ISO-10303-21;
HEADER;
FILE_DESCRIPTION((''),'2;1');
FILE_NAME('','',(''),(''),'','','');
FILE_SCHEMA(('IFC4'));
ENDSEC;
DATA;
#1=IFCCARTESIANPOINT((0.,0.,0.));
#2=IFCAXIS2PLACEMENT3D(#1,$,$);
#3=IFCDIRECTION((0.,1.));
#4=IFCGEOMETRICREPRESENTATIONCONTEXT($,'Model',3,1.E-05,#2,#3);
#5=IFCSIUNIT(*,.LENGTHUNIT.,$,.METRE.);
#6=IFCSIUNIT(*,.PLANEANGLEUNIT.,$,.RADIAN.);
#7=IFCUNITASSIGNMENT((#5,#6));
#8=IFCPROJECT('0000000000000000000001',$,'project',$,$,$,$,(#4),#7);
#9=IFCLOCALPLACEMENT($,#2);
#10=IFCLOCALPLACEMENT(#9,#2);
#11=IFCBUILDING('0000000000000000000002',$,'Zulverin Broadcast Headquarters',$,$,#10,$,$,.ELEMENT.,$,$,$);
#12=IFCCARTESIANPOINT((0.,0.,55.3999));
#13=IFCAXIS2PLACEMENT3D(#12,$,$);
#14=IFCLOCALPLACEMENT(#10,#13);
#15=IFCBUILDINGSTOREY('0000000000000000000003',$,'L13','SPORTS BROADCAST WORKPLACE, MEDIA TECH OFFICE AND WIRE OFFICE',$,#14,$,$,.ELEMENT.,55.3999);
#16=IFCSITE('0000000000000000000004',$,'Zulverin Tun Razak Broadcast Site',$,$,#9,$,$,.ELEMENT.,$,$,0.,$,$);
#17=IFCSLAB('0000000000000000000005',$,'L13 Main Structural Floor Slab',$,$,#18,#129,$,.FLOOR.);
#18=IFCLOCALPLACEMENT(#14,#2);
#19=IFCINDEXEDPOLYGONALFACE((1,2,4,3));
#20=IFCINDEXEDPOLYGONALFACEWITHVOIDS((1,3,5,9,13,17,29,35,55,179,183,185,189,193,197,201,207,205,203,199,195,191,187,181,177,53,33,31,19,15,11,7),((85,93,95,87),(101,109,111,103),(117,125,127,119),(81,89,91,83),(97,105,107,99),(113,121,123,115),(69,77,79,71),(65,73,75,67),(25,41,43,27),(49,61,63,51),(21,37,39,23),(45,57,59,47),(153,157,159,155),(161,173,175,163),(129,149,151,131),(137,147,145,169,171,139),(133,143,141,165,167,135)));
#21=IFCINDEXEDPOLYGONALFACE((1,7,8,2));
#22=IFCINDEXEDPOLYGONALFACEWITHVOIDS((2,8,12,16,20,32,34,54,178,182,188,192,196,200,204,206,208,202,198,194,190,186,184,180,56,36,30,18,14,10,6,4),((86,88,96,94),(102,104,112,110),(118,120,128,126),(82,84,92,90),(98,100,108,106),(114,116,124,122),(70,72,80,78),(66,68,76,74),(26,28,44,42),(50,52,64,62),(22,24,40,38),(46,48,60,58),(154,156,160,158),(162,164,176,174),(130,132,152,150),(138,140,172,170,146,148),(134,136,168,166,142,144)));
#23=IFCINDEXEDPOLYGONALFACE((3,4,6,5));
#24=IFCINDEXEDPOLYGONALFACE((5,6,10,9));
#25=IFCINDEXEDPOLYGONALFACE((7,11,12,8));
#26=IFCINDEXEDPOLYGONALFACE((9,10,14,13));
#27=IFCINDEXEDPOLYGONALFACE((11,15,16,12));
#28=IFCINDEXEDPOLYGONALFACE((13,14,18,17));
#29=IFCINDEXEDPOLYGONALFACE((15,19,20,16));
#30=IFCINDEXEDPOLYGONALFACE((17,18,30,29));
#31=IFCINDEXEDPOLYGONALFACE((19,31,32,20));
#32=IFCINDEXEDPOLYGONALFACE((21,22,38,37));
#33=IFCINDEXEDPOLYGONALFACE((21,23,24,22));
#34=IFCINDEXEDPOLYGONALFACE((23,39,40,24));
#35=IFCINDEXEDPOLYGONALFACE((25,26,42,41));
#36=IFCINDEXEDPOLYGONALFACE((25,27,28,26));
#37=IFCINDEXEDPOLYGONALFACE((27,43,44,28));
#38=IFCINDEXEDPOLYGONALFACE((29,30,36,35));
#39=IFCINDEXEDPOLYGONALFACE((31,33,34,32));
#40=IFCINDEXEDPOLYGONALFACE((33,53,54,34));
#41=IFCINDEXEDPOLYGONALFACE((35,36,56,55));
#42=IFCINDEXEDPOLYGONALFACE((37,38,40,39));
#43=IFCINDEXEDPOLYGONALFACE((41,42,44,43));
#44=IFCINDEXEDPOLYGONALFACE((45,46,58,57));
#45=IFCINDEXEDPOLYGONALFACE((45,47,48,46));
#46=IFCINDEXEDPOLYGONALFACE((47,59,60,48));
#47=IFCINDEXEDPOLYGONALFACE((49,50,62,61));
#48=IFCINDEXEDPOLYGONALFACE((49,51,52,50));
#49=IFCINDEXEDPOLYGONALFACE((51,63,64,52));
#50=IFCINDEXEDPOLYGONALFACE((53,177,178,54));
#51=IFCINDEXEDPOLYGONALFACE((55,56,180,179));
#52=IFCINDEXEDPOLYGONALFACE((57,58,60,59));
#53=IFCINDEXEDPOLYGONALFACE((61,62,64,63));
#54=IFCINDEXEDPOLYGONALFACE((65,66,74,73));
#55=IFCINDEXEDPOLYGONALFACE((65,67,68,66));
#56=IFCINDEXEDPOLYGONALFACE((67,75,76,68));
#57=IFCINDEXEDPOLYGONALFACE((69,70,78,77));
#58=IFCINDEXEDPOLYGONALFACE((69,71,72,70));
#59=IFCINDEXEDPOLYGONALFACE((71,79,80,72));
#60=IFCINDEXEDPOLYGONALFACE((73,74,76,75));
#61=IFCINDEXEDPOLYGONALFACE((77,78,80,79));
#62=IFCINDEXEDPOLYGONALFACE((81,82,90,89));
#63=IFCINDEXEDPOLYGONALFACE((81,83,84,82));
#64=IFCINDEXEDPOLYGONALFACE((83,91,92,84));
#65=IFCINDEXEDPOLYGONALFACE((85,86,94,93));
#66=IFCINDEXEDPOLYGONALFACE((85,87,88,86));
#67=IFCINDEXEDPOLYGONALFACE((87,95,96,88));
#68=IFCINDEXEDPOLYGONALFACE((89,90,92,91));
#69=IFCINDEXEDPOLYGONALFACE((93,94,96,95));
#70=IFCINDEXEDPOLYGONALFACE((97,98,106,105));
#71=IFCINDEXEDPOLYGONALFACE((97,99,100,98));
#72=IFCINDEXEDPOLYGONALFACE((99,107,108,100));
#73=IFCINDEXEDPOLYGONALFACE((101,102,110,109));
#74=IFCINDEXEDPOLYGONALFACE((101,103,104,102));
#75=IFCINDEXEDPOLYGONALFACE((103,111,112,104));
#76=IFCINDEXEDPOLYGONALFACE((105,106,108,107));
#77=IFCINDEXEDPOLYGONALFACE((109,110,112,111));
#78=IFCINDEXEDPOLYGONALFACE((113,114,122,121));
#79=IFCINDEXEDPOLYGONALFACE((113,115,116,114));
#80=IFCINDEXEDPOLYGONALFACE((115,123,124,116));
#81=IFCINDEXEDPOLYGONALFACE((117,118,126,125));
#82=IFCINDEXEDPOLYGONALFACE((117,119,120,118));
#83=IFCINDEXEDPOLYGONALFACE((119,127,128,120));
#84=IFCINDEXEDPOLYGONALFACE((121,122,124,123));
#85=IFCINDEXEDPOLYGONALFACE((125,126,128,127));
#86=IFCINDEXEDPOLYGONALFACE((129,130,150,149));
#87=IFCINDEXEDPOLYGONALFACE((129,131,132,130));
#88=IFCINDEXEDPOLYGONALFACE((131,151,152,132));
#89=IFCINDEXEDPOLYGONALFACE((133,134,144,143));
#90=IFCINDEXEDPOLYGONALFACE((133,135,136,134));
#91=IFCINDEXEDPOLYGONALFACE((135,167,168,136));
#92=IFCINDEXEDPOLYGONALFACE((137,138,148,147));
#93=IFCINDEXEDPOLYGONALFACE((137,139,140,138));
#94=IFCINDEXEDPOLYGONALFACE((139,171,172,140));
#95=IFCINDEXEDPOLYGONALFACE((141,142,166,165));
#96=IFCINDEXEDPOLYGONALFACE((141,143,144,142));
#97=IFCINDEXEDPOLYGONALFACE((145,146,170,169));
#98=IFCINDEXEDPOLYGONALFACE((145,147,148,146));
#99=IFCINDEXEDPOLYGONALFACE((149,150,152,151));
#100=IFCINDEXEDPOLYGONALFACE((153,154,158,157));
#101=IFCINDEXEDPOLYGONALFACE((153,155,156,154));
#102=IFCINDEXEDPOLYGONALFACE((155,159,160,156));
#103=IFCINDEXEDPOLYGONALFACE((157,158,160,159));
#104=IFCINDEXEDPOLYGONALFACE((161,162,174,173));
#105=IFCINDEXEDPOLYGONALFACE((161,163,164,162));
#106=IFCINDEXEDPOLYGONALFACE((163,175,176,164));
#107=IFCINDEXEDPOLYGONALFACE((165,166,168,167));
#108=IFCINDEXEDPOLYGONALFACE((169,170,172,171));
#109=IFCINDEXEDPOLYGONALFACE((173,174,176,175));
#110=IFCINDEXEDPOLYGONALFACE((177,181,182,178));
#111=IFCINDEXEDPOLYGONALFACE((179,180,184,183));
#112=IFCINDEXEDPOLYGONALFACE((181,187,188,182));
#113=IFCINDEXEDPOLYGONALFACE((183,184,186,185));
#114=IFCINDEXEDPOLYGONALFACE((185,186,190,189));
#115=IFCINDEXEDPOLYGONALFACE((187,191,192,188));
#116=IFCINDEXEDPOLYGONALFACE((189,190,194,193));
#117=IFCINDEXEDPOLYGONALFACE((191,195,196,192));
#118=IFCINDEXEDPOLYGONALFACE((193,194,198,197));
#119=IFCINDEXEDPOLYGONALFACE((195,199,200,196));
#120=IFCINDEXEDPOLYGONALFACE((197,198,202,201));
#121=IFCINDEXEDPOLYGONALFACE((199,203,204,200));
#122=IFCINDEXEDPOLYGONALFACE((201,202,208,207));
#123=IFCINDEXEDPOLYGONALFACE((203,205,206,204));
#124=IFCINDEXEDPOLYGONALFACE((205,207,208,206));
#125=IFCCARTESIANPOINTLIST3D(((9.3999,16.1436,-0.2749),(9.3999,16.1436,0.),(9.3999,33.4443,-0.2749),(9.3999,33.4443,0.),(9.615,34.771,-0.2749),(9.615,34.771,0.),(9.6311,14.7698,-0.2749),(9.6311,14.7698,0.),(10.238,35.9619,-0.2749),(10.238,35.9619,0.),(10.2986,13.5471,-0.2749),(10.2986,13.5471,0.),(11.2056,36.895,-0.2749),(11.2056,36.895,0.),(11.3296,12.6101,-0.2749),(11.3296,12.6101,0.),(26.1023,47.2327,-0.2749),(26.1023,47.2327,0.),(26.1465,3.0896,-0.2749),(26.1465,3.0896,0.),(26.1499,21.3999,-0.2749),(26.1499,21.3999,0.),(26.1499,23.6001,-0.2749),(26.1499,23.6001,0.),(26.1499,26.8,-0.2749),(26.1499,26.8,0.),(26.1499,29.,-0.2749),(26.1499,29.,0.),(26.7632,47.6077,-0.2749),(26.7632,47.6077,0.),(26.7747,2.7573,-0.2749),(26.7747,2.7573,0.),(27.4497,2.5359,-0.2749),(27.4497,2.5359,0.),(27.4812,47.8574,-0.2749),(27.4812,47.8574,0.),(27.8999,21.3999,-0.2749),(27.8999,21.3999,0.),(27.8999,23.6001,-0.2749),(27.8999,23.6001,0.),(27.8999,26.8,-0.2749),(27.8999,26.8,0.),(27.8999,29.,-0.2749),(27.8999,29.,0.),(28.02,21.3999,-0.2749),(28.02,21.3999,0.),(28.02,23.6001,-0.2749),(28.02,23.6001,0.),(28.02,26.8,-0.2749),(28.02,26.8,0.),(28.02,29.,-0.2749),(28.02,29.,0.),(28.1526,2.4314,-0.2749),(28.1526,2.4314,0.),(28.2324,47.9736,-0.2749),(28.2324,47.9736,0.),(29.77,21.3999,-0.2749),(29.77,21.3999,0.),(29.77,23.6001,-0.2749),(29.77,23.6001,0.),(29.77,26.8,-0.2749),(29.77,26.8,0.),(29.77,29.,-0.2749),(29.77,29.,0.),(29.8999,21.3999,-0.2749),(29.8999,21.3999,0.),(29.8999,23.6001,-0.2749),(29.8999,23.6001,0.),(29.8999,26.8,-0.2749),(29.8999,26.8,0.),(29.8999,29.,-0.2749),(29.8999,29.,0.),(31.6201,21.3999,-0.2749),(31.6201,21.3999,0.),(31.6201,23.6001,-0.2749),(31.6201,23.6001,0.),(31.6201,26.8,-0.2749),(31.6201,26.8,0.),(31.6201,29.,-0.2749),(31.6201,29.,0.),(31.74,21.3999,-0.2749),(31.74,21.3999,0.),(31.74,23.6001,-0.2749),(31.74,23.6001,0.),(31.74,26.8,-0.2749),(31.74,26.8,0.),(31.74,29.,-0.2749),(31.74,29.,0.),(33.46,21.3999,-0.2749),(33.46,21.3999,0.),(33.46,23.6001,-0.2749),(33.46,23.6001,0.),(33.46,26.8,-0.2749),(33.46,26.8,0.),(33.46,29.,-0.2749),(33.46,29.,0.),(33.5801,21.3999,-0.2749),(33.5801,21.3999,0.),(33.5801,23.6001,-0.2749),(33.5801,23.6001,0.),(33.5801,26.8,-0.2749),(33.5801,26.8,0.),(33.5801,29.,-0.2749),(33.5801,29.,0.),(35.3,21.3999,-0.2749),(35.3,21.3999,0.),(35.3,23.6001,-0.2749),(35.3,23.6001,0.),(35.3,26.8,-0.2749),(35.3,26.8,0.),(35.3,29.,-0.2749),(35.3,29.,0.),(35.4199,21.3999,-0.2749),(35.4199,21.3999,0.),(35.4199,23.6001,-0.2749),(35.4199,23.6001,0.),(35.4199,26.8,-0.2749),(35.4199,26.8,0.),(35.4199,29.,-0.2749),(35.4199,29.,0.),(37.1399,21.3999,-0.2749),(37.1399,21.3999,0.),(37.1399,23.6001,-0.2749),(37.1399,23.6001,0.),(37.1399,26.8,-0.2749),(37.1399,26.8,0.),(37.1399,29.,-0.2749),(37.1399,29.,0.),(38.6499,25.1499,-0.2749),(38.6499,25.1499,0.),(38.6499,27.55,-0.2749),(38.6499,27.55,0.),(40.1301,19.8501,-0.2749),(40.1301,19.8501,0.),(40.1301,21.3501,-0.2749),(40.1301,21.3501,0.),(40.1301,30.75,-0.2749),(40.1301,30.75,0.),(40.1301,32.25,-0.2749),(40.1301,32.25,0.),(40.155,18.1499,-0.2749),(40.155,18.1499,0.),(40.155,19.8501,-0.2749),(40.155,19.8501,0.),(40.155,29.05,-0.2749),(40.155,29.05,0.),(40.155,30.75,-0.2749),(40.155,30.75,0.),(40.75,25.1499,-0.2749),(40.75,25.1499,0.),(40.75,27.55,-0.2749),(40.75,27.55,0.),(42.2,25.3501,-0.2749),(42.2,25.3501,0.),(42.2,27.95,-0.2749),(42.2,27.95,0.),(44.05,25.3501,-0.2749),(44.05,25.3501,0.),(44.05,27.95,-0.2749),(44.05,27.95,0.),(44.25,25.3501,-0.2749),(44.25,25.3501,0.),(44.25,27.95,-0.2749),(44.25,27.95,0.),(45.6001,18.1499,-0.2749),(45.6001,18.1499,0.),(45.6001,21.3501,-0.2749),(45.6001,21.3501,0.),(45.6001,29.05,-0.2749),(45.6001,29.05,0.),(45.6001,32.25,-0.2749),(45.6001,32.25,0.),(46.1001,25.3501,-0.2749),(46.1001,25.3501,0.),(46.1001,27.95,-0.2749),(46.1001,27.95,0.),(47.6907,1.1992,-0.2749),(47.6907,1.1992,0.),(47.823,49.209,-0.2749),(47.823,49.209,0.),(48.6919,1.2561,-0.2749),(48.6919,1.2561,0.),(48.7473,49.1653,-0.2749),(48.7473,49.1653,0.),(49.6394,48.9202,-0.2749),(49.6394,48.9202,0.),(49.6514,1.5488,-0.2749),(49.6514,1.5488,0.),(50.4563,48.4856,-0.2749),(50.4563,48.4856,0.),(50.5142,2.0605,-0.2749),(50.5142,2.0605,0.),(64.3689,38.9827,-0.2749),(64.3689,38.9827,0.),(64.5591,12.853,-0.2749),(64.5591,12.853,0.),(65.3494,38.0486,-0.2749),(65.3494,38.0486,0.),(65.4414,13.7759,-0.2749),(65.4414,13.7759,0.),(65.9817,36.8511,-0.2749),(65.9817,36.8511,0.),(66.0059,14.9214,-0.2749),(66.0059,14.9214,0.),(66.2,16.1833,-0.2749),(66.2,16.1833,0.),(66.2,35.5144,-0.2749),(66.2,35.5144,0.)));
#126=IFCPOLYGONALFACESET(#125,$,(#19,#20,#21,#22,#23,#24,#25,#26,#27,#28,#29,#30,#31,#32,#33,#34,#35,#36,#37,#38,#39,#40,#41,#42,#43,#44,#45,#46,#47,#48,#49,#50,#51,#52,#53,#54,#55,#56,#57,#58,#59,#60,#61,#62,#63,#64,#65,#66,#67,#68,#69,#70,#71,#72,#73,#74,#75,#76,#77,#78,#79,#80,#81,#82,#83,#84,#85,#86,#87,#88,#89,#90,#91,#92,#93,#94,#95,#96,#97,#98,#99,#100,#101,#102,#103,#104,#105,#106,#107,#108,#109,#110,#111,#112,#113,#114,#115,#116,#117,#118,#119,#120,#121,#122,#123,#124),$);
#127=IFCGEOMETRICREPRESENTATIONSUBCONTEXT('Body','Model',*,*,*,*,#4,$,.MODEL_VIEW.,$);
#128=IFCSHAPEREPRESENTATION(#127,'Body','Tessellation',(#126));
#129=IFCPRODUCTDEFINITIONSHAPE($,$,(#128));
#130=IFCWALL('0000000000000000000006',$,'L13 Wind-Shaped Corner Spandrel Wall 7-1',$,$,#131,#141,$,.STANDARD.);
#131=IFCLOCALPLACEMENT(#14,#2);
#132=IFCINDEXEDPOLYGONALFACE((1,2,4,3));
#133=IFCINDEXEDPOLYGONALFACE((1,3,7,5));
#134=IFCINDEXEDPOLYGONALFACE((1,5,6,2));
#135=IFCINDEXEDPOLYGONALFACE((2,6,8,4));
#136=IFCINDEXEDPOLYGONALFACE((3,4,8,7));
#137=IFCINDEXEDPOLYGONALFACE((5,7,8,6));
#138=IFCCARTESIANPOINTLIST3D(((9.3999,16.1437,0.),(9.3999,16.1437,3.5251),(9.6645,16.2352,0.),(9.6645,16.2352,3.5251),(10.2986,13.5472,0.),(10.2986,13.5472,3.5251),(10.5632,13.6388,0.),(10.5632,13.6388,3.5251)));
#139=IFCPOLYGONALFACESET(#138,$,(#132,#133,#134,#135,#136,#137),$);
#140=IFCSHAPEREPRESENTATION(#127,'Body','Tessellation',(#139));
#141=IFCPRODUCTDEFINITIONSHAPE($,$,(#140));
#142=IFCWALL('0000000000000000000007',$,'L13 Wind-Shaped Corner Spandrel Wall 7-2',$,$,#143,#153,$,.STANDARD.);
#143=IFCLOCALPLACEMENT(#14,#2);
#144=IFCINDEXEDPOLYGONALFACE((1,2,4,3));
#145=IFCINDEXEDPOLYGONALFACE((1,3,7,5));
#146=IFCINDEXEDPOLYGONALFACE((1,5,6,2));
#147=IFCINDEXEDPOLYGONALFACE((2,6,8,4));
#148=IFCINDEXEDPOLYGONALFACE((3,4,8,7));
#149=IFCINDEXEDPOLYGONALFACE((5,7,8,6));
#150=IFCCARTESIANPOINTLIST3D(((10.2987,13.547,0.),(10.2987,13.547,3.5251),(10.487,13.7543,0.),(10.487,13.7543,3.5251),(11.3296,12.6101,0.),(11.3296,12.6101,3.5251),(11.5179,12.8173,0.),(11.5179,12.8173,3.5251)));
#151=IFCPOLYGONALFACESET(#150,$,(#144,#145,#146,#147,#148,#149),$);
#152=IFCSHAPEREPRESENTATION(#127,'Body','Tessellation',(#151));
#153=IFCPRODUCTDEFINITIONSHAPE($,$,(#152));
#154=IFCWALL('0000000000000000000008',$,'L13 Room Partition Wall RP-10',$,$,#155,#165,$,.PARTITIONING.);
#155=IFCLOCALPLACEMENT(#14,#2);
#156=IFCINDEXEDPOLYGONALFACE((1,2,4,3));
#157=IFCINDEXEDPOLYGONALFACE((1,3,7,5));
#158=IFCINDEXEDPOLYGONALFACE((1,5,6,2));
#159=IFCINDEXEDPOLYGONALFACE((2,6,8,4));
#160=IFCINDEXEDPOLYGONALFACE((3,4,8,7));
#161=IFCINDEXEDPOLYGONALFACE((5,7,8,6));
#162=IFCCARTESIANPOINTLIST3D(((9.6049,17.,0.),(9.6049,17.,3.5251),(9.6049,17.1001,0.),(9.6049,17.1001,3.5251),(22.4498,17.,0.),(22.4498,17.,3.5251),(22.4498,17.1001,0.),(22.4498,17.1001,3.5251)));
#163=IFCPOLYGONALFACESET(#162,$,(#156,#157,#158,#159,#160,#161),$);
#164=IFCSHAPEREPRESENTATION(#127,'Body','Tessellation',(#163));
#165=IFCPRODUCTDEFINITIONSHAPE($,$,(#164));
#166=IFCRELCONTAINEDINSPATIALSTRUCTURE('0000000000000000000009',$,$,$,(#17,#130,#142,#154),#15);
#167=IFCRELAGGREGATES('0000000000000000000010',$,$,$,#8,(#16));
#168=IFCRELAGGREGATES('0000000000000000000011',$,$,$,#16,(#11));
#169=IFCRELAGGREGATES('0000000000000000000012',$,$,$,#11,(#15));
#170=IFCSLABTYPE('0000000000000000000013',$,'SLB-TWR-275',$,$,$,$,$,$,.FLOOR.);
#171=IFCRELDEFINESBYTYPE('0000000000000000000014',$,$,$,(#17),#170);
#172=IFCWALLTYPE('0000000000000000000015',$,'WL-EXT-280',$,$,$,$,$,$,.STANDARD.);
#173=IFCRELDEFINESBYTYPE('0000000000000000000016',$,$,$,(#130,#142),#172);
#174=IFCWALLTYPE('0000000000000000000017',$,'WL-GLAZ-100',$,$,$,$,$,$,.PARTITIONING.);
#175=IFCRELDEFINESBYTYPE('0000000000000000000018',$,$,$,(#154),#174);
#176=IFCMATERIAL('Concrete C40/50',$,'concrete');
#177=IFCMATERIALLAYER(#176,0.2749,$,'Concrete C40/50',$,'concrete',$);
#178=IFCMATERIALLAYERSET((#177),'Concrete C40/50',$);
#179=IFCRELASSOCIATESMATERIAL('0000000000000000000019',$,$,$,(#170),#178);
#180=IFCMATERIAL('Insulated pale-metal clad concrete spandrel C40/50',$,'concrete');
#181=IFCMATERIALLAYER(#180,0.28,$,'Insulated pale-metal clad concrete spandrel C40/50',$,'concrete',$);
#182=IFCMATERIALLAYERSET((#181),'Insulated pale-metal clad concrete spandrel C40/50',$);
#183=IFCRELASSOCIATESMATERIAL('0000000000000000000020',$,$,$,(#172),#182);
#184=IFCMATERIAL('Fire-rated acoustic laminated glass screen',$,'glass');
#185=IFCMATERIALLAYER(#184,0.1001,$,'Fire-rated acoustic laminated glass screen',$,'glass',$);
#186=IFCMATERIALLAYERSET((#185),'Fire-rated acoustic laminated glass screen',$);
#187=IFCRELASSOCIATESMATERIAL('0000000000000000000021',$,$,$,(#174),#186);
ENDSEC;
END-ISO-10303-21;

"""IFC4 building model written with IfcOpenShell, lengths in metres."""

from ifc_helpers import new_model, si_unit, direction, frame, frame_2d, origin, place, context, subcontext, project, spatial, polyline, rectangle, outline, extrude, material, layer, layer_set, type_object, element, save


model = new_model("IFC4")

# Units and contexts
model_context = context("Model", 3, precision=1e-05, world=origin(), true_north=direction((0.0, 1.0)))
body_context = subcontext(model_context, "Body", "Model", "MODEL_VIEW")
ifc_project = project(units=[si_unit("LENGTHUNIT", "METRE"), si_unit("PLANEANGLEUNIT", "RADIAN")], contexts=[model_context])

# Site, building, storey
site_placement = place(None, origin())
site = spatial("IfcSite", under=ifc_project, at=site_placement, Name="Zulverin Tun Razak Broadcast Site", CompositionType="ELEMENT", RefElevation=0.0)
building_placement = place(site_placement, origin())
building = spatial("IfcBuilding", under=site, at=building_placement, Name="Zulverin Broadcast Headquarters", CompositionType="ELEMENT")
storey_placement = place(building_placement, frame((0.0, 0.0, 55.3999)))
storey = spatial("IfcBuildingStorey", under=building, at=storey_placement, Name="L13", Description="SPORTS BROADCAST WORKPLACE, MEDIA TECH OFFICE AND WIRE OFFICE", CompositionType="ELEMENT", Elevation=55.3999)

# Shared definitions
ifc_material_1 = material(Name="Concrete C40/50", Category="concrete")

# Slab
ifc_layer_1 = layer(ifc_material_1, 0.2749, Name="Concrete C40/50", Category="concrete")
ifc_layer_set_1 = layer_set([ifc_layer_1], Name="Concrete C40/50")
slab_type_1 = type_object("IfcSlabType", Name="SLB-TWR-275", PredefinedType="FLOOR", material=ifc_layer_set_1)
slab_1_placement = place(storey_placement, frame((0.0, 0.0, -0.2749)))
element("IfcSlab", 1, at=slab_1_placement, inside=storey, type_object=slab_type_1, Name="L13 Main Structural Floor Slab", PredefinedType="FLOOR", context=body_context, shape_type="SweptSolid", body=[
    extrude(outline(polyline([(26.1465, 3.0896), (26.7747, 2.7573), (27.4497, 2.5359), (28.1526, 2.4314), (47.6907, 1.1992), (48.6919, 1.2561), (49.6514, 1.5488), (50.5142, 2.0605), (64.5591, 12.853), (65.4414, 13.7759), (66.0059, 14.9214), (66.2, 16.1833), (66.2, 35.5144), (65.9817, 36.8511), (65.3494, 38.0486), (64.3689, 38.9827), (50.4563, 48.4856), (49.6394, 48.9202), (48.7473, 49.1653), (47.823, 49.209), (28.2324, 47.9736), (27.4812, 47.8574), (26.7632, 47.6077), (26.1023, 47.2327), (11.2056, 36.895), (10.238, 35.9619), (9.615, 34.771), (9.3999, 33.4443), (9.3999, 16.1436), (9.6311, 14.7698), (10.2986, 13.5471), (11.3296, 12.6101), (26.1465, 3.0896)]), holes=[polyline([(40.155, 30.75), (40.1301, 30.75), (40.1301, 32.25), (45.6001, 32.25), (45.6001, 29.05), (40.155, 29.05), (40.155, 30.75)]), polyline([(40.155, 19.8501), (40.1301, 19.8501), (40.1301, 21.3501), (45.6001, 21.3501), (45.6001, 18.1499), (40.155, 18.1499), (40.155, 19.8501)]), polyline([(26.1499, 26.8), (27.8999, 26.8), (27.8999, 29.0), (26.1499, 29.0), (26.1499, 26.8)]), polyline([(28.02, 26.8), (29.77, 26.8), (29.77, 29.0), (28.02, 29.0), (28.02, 26.8)]), polyline([(26.1499, 21.3999), (27.8999, 21.3999), (27.8999, 23.6001), (26.1499, 23.6001), (26.1499, 21.3999)]), polyline([(28.02, 21.3999), (29.77, 21.3999), (29.77, 23.6001), (28.02, 23.6001), (28.02, 21.3999)]), polyline([(29.8999, 21.3999), (31.6201, 21.3999), (31.6201, 23.6001), (29.8999, 23.6001), (29.8999, 21.3999)]), polyline([(31.74, 21.3999), (33.46, 21.3999), (33.46, 23.6001), (31.74, 23.6001), (31.74, 21.3999)]), polyline([(33.5801, 21.3999), (35.3, 21.3999), (35.3, 23.6001), (33.5801, 23.6001), (33.5801, 21.3999)]), polyline([(35.4199, 21.3999), (37.1399, 21.3999), (37.1399, 23.6001), (35.4199, 23.6001), (35.4199, 21.3999)]), polyline([(29.8999, 26.8), (31.6201, 26.8), (31.6201, 29.0), (29.8999, 29.0), (29.8999, 26.8)]), polyline([(31.74, 26.8), (33.46, 26.8), (33.46, 29.0), (31.74, 29.0), (31.74, 26.8)]), polyline([(33.5801, 26.8), (35.3, 26.8), (35.3, 29.0), (33.5801, 29.0), (33.5801, 26.8)]), polyline([(35.4199, 26.8), (37.1399, 26.8), (37.1399, 29.0), (35.4199, 29.0), (35.4199, 26.8)]), polyline([(42.2, 25.3501), (44.05, 25.3501), (44.05, 27.95), (42.2, 27.95), (42.2, 25.3501)]), polyline([(44.25, 25.3501), (46.1001, 25.3501), (46.1001, 27.95), (44.25, 27.95), (44.25, 25.3501)]), polyline([(38.6499, 25.1499), (40.75, 25.1499), (40.75, 27.55), (38.6499, 27.55), (38.6499, 25.1499)])]), origin(), (0.0, 0.0, 1.0), 0.2749),
])

# Walls
ifc_material_2 = material(Name="Insulated pale-metal clad concrete spandrel C40/50", Category="concrete")
ifc_layer_2 = layer(ifc_material_2, 0.28, Name="Insulated pale-metal clad concrete spandrel C40/50", Category="concrete")
ifc_layer_set_2 = layer_set([ifc_layer_2], Name="Insulated pale-metal clad concrete spandrel C40/50")
wall_type_1 = type_object("IfcWallType", Name="WL-EXT-280", PredefinedType="STANDARD", material=ifc_layer_set_2)
wall_1_placement = place(storey_placement, frame((9.5322, 16.1895, 0.0), z_axis=(0.0, 0.0, 1.0), x_axis=(0.327083, -0.944996, 0.0)))
element("IfcWall", 2, at=wall_1_placement, inside=storey, type_object=wall_type_1, Name="L13 Wind-Shaped Corner Spandrel Wall 7-1", PredefinedType="STANDARD", context=body_context, shape_type="SweptSolid", body=[
    extrude(rectangle(XDim=2.7476, YDim=0.28, at=frame_2d((1.3738, 0.0))), origin(), (0.0, 0.0, 1.0), 3.5251),
])
wall_2_placement = place(storey_placement, frame((10.3928, 13.6506, 0.0), z_axis=(0.0, 0.0, 1.0), x_axis=(0.740035, -0.672568, 0.0)))
element("IfcWall", 3, at=wall_2_placement, inside=storey, type_object=wall_type_1, Name="L13 Wind-Shaped Corner Spandrel Wall 7-2", PredefinedType="STANDARD", context=body_context, shape_type="SweptSolid", body=[
    extrude(rectangle(XDim=1.3931, YDim=0.28, at=frame_2d((0.6965, 0.0))), origin(), (0.0, 0.0, 1.0), 3.5251),
])
ifc_material_3 = material(Name="Fire-rated acoustic laminated glass screen", Category="glass")
ifc_layer_3 = layer(ifc_material_3, 0.1001, Name="Fire-rated acoustic laminated glass screen", Category="glass")
ifc_layer_set_3 = layer_set([ifc_layer_3], Name="Fire-rated acoustic laminated glass screen")
wall_type_2 = type_object("IfcWallType", Name="WL-GLAZ-100", PredefinedType="PARTITIONING", material=ifc_layer_set_3)
wall_3_placement = place(storey_placement, frame((9.605, 17.05, 0.0), z_axis=(0.0, 0.0, 1.0), x_axis=(1.0, 0.0, 0.0)))
element("IfcWall", 4, at=wall_3_placement, inside=storey, type_object=wall_type_2, Name="L13 Room Partition Wall RP-10", PredefinedType="PARTITIONING", context=body_context, shape_type="SweptSolid", body=[
    extrude(rectangle(XDim=12.845, YDim=0.1001, at=frame_2d((6.4224, 0.0))), origin(), (0.0, 0.0, 1.0), 3.5251),
])

save(model, "model.ifc")
